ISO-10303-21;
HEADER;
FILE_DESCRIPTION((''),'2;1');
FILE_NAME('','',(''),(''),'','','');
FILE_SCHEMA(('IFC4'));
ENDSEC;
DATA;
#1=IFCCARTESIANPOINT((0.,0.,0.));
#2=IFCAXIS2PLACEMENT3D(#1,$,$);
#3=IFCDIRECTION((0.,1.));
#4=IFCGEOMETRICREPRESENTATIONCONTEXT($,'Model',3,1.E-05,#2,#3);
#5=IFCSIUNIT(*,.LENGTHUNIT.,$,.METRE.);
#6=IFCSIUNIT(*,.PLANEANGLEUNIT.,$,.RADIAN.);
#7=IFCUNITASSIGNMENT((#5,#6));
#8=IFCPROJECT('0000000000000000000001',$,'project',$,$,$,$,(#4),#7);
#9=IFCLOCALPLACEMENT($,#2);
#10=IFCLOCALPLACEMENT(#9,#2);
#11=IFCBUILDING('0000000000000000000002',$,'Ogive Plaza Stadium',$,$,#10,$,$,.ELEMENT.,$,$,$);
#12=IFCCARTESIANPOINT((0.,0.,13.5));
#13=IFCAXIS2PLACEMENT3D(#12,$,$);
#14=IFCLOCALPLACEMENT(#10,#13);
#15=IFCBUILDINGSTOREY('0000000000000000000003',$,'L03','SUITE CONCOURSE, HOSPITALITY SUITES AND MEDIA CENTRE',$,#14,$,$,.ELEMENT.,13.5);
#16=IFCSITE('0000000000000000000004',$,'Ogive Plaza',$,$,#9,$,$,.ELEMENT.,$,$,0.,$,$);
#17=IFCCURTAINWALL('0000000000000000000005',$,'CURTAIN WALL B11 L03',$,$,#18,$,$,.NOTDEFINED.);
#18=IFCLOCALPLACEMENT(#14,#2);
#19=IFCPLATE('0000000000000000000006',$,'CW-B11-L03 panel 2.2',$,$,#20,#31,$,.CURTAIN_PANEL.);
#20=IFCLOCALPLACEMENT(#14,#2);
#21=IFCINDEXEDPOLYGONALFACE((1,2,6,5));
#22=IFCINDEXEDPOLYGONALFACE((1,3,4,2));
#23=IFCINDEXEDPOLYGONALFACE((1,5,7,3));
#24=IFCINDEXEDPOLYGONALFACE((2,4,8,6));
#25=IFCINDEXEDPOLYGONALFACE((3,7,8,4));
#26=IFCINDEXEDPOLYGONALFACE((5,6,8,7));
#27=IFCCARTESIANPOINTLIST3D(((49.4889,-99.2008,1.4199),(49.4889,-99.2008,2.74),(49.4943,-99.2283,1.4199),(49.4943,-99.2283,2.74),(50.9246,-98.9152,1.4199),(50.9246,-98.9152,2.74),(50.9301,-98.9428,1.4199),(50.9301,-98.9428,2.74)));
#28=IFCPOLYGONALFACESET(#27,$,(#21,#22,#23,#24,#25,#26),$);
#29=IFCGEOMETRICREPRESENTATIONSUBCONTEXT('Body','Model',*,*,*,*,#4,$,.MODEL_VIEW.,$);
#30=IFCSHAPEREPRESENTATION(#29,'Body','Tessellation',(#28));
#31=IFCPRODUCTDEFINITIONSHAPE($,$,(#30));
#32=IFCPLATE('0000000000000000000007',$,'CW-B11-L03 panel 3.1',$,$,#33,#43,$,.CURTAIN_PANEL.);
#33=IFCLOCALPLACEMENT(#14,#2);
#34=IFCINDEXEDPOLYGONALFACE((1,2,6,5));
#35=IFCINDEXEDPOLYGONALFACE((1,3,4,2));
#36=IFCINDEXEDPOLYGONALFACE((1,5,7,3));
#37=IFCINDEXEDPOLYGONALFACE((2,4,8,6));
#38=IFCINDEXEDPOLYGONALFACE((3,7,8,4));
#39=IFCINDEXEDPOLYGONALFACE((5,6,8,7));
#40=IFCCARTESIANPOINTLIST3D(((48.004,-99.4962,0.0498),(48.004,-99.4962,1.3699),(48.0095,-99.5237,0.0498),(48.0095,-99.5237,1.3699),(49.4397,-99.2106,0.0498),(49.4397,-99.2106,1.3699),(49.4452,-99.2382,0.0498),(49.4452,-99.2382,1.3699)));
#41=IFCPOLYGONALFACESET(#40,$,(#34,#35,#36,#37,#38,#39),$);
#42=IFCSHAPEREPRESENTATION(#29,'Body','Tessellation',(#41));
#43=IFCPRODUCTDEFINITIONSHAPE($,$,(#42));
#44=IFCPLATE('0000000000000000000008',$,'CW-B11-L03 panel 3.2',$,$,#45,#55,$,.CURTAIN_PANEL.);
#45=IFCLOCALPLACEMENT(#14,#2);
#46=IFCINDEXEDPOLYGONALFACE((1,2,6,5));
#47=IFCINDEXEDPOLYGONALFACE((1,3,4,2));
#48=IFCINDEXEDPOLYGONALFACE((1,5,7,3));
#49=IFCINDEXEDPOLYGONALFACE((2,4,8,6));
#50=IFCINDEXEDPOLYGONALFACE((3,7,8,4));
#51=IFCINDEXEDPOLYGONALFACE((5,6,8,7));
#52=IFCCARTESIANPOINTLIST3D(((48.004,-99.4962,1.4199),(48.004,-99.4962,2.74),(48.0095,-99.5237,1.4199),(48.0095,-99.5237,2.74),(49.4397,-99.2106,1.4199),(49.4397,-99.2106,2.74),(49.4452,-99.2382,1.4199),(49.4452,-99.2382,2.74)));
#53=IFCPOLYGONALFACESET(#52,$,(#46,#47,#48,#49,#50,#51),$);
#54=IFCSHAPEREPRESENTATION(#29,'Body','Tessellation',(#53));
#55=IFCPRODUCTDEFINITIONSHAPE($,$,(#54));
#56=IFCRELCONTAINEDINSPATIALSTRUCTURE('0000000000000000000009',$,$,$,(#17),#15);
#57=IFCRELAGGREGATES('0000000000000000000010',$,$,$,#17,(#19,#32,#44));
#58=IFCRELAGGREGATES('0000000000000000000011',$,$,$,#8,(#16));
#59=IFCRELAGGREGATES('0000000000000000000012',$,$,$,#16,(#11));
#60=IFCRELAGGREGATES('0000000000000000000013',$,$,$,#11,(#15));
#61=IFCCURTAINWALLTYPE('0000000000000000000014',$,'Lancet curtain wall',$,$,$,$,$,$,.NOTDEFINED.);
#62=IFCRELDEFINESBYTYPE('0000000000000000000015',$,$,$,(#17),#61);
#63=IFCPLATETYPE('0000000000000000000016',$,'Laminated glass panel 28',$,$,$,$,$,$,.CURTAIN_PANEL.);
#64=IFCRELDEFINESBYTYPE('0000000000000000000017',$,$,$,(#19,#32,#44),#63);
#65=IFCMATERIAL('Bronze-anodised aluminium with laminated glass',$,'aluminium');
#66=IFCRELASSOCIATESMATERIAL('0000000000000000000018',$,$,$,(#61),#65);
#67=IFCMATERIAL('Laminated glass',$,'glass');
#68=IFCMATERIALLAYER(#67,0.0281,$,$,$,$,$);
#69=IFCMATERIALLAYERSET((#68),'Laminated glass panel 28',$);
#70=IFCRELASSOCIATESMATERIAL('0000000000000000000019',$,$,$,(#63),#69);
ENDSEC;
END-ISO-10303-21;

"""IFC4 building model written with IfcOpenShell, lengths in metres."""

from ifc_helpers import new_model, si_unit, direction, frame, origin, origin_2d, place, context, subcontext, project, spatial, rectangle, extrude, material, layer, layer_set, type_object, element, aggregate, save


model = new_model("IFC4")

# Units and contexts
model_context = context("Model", 3, precision=1e-05, world=origin(), true_north=direction((0.0, 1.0)))
body_context = subcontext(model_context, "Body", "Model", "MODEL_VIEW")
ifc_project = project(units=[si_unit("LENGTHUNIT", "METRE"), si_unit("PLANEANGLEUNIT", "RADIAN")], contexts=[model_context])

# Site, building, storey
site_placement = place(None, origin())
site = spatial("IfcSite", under=ifc_project, at=site_placement, Name="Ogive Plaza", CompositionType="ELEMENT", RefElevation=0.0)
building_placement = place(site_placement, origin())
building = spatial("IfcBuilding", under=site, at=building_placement, Name="Ogive Plaza Stadium", CompositionType="ELEMENT")
storey_placement = place(building_placement, frame((0.0, 0.0, 13.5)))
storey = spatial("IfcBuildingStorey", under=building, at=storey_placement, Name="L03", Description="SUITE CONCOURSE, HOSPITALITY SUITES AND MEDIA CENTRE", CompositionType="ELEMENT", Elevation=13.5)

# Curtain wall
ifc_material_1 = material(Name="Bronze-anodised aluminium with laminated glass", Category="aluminium")
curtain_wall_type = type_object("IfcCurtainWallType", Name="Lancet curtain wall", PredefinedType="NOTDEFINED", material=ifc_material_1)
curtain_wall_1_placement = place(storey_placement, origin())
curtain_wall_1 = element("IfcCurtainWall", 1, at=curtain_wall_1_placement, inside=storey, type_object=curtain_wall_type, Name="CURTAIN WALL B11 L03", PredefinedType="NOTDEFINED")

# Plates
ifc_material_2 = material(Name="Laminated glass", Category="glass")
ifc_layer = layer(ifc_material_2, 0.0281)
ifc_layer_set = layer_set([ifc_layer], Name="Laminated glass panel 28")
plate_type = type_object("IfcPlateType", Name="Laminated glass panel 28", PredefinedType="CURTAIN_PANEL", material=ifc_layer_set)
plate_1_placement = place(storey_placement, frame((50.2095, -99.0718, 1.4199), z_axis=(0.0, 0.0, 1.0), x_axis=(-0.980785, -0.19509, 0.0)))
plate_1 = element("IfcPlate", 2, at=plate_1_placement, type_object=plate_type, Name="CW-B11-L03 panel 2.2", PredefinedType="CURTAIN_PANEL", context=body_context, shape_type="SweptSolid", body=[
    extrude(rectangle(XDim=1.4639, YDim=0.0281, at=origin_2d()), origin(), (0.0, 0.0, 1.0), 1.3201),
])
plate_2_placement = place(storey_placement, frame((48.7246, -99.3672, 0.0498), z_axis=(0.0, 0.0, 1.0), x_axis=(-0.980785, -0.19509, 0.0)))
plate_2 = element("IfcPlate", 3, at=plate_2_placement, type_object=plate_type, Name="CW-B11-L03 panel 3.1", PredefinedType="CURTAIN_PANEL", context=body_context, shape_type="SweptSolid", body=[
    extrude(rectangle(XDim=1.4639, YDim=0.0281, at=origin_2d()), origin(), (0.0, 0.0, 1.0), 1.3201),
])
plate_3_placement = place(storey_placement, frame((48.7246, -99.3672, 1.4199), z_axis=(0.0, 0.0, 1.0), x_axis=(-0.980785, -0.19509, 0.0)))
plate_3 = element("IfcPlate", 4, at=plate_3_placement, type_object=plate_type, Name="CW-B11-L03 panel 3.2", PredefinedType="CURTAIN_PANEL", context=body_context, shape_type="SweptSolid", body=[
    extrude(rectangle(XDim=1.4639, YDim=0.0281, at=origin_2d()), origin(), (0.0, 0.0, 1.0), 1.3201),
])
aggregate(curtain_wall_1, [plate_1, plate_2, plate_3])

save(model, "model.ifc")
